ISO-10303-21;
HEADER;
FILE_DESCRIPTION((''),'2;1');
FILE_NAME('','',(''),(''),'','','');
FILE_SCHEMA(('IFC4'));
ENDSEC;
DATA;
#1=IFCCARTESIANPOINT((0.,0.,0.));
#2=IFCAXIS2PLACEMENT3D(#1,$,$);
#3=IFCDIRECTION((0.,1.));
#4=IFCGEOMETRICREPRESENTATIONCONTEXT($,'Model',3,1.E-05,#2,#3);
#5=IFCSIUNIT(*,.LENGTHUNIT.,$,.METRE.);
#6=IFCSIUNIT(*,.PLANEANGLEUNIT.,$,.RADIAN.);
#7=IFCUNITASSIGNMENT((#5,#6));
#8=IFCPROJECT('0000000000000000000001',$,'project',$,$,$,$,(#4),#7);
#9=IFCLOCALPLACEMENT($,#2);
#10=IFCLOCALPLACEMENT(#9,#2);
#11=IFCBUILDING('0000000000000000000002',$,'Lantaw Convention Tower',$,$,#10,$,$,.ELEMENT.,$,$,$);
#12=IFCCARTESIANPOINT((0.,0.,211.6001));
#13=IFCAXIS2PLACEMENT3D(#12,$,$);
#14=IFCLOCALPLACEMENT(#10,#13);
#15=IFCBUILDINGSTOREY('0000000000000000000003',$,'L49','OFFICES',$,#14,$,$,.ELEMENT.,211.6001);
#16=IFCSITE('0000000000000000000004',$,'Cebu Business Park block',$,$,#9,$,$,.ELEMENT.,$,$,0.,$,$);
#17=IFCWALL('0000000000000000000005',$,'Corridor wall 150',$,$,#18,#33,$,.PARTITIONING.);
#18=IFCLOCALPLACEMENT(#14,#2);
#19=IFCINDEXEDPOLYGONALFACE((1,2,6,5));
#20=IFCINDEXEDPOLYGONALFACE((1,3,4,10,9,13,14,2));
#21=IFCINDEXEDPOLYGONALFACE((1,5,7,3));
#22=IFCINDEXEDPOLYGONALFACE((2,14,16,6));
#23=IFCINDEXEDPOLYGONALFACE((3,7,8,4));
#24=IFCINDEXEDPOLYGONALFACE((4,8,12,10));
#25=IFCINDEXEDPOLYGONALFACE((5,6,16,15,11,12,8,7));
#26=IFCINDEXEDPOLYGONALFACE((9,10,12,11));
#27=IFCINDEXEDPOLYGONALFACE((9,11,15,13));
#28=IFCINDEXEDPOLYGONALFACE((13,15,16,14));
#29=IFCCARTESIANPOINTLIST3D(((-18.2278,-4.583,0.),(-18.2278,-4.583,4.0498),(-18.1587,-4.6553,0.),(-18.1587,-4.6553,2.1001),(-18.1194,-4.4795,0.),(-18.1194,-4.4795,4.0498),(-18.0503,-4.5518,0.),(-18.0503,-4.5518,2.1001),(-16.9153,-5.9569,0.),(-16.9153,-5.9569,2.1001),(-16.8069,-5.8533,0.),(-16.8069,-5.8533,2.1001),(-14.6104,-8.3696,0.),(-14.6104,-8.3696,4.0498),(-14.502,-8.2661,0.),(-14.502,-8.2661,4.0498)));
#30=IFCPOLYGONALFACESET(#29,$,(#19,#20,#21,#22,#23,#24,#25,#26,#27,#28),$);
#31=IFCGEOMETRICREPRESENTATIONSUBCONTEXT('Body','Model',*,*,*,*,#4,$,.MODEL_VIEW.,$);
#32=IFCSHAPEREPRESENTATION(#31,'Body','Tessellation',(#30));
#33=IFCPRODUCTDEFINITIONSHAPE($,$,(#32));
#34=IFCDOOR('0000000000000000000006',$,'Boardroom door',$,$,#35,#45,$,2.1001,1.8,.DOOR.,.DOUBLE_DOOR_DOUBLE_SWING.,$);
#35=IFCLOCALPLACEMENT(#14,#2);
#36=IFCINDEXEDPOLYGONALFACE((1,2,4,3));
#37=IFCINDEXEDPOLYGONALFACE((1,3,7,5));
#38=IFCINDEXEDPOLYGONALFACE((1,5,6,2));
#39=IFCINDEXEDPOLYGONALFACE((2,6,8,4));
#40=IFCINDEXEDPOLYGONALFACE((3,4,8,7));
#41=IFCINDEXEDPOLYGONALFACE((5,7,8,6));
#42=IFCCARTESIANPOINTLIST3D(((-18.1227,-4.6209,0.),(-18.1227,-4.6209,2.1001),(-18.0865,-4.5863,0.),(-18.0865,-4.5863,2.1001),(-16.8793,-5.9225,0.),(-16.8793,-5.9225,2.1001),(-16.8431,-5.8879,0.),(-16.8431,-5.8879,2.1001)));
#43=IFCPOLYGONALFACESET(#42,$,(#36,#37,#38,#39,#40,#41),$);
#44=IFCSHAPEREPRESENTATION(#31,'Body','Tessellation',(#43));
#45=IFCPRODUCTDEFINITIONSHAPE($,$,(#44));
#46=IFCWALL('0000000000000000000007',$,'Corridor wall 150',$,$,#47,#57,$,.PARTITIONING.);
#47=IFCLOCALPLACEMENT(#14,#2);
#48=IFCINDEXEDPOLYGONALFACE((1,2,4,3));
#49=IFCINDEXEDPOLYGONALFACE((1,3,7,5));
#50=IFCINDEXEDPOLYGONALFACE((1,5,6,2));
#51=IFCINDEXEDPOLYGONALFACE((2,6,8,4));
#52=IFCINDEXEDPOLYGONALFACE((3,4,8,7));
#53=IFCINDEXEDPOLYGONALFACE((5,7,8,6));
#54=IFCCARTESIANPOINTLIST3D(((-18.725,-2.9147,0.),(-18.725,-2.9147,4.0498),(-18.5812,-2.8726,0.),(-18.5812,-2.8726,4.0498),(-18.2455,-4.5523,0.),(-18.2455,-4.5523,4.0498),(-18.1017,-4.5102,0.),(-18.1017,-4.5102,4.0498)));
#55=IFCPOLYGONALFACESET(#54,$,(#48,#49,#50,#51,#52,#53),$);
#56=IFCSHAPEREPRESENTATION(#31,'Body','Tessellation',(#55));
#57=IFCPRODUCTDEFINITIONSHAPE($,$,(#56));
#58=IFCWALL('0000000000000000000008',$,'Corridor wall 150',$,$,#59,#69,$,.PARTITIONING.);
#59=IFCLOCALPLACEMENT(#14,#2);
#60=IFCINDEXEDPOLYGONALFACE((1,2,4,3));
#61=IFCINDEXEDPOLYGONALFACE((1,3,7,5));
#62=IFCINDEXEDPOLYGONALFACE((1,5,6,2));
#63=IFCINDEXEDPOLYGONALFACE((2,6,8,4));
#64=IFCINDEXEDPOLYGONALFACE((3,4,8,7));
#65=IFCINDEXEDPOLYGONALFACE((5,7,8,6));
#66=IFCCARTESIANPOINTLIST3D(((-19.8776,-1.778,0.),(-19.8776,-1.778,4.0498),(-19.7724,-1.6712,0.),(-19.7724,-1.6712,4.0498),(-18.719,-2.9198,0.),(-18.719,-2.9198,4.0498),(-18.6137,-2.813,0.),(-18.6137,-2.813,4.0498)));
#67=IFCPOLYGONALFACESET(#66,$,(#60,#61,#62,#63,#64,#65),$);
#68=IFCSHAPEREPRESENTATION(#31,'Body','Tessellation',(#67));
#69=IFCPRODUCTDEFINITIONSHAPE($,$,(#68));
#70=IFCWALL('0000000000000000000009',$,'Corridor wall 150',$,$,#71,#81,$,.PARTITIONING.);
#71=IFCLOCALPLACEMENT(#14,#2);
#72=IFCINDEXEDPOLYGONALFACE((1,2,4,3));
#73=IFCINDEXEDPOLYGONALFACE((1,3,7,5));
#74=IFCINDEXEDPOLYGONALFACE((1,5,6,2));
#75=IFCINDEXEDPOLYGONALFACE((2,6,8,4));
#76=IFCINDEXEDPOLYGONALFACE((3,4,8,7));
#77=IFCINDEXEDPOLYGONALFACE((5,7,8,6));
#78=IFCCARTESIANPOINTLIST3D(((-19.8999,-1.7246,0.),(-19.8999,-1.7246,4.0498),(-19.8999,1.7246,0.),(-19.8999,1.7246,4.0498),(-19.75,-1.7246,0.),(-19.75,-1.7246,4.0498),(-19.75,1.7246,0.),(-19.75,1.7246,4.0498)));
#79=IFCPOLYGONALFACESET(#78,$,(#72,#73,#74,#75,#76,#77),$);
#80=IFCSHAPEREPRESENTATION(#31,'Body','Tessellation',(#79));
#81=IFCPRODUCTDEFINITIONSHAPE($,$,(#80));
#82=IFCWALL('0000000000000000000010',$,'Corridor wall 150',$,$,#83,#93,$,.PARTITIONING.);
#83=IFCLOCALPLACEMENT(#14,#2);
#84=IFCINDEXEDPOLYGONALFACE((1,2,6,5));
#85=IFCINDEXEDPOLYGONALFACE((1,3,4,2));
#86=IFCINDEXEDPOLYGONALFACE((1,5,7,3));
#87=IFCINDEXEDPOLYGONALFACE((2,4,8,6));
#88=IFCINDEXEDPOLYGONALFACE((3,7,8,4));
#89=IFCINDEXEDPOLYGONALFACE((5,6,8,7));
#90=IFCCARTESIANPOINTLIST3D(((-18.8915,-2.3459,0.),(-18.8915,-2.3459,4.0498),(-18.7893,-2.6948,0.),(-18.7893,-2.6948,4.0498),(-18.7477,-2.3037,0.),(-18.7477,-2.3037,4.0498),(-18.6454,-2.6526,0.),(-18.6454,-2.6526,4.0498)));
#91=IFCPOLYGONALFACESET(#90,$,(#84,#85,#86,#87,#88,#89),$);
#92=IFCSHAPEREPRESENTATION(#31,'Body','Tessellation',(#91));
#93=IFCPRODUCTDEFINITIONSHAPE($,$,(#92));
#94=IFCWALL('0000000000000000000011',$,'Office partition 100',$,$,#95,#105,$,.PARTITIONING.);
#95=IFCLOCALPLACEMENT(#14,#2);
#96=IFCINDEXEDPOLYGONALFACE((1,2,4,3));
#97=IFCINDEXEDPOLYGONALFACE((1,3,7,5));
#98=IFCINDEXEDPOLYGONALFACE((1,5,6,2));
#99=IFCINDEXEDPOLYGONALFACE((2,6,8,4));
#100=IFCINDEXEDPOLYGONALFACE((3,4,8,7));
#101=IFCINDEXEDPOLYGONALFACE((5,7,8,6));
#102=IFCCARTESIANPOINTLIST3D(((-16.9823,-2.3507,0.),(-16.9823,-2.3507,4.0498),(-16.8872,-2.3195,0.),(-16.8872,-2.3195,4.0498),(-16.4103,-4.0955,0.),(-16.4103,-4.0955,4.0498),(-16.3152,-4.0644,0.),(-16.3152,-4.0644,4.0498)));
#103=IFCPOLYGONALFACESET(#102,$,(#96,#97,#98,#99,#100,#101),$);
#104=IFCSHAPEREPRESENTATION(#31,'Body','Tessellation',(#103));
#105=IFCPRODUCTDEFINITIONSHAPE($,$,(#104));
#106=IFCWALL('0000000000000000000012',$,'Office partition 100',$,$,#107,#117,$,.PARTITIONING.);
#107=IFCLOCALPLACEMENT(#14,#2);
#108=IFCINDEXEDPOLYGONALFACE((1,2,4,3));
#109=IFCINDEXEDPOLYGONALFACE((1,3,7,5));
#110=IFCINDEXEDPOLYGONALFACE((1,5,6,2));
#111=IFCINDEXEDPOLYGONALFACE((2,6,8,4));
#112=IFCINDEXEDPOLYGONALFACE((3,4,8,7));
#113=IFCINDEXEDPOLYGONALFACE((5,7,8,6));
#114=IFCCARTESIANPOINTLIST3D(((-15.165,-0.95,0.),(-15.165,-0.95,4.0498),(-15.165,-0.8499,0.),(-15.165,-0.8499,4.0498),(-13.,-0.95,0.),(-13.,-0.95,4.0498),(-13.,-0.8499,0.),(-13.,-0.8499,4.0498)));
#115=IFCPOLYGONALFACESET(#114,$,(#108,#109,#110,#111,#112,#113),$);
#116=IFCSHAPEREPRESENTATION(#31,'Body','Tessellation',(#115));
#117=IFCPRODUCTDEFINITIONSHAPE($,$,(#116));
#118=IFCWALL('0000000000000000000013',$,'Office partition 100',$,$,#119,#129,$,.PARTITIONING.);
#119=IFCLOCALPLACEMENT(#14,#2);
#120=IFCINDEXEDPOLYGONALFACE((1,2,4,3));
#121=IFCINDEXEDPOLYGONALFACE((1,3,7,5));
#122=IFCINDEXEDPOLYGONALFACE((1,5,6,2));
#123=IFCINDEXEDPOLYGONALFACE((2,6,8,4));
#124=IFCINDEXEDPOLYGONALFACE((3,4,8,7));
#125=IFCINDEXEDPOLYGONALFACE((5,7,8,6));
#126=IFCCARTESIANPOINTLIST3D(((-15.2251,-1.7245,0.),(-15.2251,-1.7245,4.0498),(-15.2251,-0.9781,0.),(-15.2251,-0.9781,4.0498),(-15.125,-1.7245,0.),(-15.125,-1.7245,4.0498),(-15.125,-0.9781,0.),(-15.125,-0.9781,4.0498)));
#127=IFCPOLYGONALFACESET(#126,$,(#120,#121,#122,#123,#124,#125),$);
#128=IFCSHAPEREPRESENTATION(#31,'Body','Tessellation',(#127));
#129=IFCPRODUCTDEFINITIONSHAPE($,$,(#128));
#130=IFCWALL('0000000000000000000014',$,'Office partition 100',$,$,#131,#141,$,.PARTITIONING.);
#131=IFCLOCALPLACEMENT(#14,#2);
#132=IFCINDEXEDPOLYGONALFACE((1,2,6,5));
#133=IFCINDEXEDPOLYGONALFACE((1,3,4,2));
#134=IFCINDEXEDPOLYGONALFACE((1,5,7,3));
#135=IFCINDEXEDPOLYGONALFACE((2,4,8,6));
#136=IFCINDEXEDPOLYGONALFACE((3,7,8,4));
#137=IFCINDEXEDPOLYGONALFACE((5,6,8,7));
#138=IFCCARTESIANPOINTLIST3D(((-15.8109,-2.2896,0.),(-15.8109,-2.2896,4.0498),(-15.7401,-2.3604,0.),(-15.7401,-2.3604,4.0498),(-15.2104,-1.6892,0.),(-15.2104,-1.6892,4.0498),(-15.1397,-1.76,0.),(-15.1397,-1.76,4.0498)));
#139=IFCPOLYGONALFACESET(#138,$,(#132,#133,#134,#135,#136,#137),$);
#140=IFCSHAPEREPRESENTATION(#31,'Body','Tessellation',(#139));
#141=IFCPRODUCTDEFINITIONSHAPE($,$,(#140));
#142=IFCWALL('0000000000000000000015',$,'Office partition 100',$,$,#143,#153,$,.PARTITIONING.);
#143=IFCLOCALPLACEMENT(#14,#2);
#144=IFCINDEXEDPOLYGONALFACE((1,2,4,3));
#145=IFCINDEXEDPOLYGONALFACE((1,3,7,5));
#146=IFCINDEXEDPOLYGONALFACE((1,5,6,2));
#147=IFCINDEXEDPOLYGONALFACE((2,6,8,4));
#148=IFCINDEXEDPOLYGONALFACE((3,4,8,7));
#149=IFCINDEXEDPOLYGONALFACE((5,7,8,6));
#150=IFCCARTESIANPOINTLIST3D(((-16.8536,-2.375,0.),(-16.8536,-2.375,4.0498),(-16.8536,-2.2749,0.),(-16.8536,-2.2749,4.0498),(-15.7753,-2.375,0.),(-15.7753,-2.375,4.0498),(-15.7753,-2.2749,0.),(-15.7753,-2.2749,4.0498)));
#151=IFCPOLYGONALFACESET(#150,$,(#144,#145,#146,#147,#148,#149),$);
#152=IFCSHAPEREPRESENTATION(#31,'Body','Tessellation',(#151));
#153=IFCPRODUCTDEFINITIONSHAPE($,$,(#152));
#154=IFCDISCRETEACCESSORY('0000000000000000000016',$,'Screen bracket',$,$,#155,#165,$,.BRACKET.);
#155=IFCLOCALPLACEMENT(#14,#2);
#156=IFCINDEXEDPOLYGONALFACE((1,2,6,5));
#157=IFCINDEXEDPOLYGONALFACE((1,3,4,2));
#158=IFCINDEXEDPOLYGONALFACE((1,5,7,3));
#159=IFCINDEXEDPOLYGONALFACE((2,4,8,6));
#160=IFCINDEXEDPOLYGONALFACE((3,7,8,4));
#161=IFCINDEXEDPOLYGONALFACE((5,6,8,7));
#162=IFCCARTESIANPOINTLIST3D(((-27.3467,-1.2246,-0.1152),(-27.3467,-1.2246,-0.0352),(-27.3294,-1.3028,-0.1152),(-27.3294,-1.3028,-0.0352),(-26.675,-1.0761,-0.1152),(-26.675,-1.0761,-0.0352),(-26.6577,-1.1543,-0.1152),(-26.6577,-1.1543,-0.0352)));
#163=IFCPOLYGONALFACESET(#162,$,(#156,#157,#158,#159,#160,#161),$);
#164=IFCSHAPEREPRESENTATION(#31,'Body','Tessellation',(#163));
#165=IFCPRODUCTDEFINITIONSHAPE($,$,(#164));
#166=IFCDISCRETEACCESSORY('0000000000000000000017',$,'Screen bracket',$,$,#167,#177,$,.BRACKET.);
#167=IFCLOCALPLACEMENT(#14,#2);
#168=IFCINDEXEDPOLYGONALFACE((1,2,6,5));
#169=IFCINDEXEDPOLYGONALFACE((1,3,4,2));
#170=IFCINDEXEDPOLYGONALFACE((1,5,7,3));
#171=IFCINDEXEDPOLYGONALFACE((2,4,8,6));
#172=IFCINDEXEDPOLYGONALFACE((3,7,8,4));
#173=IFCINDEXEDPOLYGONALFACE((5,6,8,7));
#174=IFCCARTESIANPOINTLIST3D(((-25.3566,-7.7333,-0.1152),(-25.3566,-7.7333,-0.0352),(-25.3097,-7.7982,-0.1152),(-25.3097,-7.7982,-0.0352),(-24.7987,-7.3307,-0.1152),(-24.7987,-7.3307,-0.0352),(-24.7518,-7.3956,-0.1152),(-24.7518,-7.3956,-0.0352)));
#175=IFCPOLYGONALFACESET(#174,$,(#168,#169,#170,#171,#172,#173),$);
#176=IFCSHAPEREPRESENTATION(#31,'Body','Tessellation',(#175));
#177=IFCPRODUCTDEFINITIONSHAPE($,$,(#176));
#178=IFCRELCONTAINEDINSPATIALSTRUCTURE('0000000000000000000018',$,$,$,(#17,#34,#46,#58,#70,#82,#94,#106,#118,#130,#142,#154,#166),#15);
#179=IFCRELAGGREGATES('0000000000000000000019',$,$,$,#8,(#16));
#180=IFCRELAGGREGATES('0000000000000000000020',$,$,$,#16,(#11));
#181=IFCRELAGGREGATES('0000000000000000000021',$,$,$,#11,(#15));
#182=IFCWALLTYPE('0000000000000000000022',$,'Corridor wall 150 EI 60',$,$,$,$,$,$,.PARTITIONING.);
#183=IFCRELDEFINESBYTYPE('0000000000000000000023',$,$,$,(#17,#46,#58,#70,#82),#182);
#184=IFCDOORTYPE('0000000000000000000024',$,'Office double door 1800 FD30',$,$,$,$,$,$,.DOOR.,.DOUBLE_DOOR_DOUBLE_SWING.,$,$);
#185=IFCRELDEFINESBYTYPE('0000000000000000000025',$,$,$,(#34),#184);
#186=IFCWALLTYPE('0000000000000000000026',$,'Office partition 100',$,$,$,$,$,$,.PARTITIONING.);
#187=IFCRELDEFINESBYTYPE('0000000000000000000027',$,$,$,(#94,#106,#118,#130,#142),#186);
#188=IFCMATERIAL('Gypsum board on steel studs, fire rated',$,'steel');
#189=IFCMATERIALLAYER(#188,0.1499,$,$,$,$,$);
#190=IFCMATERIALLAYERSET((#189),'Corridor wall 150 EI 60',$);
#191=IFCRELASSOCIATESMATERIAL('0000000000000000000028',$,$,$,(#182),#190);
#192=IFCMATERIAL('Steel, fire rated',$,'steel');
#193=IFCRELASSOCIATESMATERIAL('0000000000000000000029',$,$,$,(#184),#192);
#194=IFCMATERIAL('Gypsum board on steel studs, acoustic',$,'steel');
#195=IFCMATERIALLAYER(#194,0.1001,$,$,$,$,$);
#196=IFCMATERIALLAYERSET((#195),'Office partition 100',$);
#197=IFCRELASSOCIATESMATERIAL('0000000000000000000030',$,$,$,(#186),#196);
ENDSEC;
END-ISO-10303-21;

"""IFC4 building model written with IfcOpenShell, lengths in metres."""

from ifc_helpers import new_model, si_unit, direction, frame, frame_2d, origin, origin_2d, place, context, subcontext, project, spatial, rectangle, extrude, material, layer, layer_set, type_object, element, fill, save


model = new_model("IFC4")

# Units and contexts
model_context = context("Model", 3, precision=1e-05, world=origin(), true_north=direction((0.0, 1.0)))
body_context = subcontext(model_context, "Body", "Model", "MODEL_VIEW")
ifc_project = project(units=[si_unit("LENGTHUNIT", "METRE"), si_unit("PLANEANGLEUNIT", "RADIAN")], contexts=[model_context])

# Site, building, storey
site_placement = place(None, origin())
site = spatial("IfcSite", under=ifc_project, at=site_placement, Name="Cebu Business Park block", CompositionType="ELEMENT", RefElevation=0.0)
building_placement = place(site_placement, origin())
building = spatial("IfcBuilding", under=site, at=building_placement, Name="Lantaw Convention Tower", CompositionType="ELEMENT")
storey_placement = place(building_placement, frame((0.0, 0.0, 211.6001)))
storey = spatial("IfcBuildingStorey", under=building, at=storey_placement, Name="L49", Description="OFFICES", CompositionType="ELEMENT", Elevation=211.6001)

# Wall, opening, door
ifc_material_1 = material(Name="Gypsum board on steel studs, fire rated", Category="steel")
ifc_layer_1 = layer(ifc_material_1, 0.1499)
ifc_layer_set_1 = layer_set([ifc_layer_1], Name="Corridor wall 150 EI 60")
wall_type_1 = type_object("IfcWallType", Name="Corridor wall 150 EI 60", PredefinedType="PARTITIONING", material=ifc_layer_set_1)
wall_1_placement = place(storey_placement, frame((-18.1736, -4.5312, 0.0), z_axis=(0.0, 0.0, 1.0), x_axis=(0.690768, -0.723076, 0.0)))
wall_1 = element("IfcWall", 1, at=wall_1_placement, inside=storey, type_object=wall_type_1, Name="Corridor wall 150", PredefinedType="PARTITIONING", context=body_context, shape_type="SweptSolid", body=[
    extrude(rectangle(XDim=5.2368, YDim=0.1499, at=frame_2d((2.6184, 0.0))), origin(), (0.0, 0.0, 1.0), 4.0498),
])
opening_placement = place(wall_1_placement, frame((0.1001, 0.0, 0.0)))
opening = element("IfcOpeningElement", 2, at=opening_placement, cuts=wall_1, PredefinedType="OPENING", context=body_context, shape_type="SweptSolid", body=[
    extrude(rectangle(XDim=1.8, YDim=2.1001, at=frame_2d((0.8999, 1.05))), frame((0.0, 0.085, 0.0), z_axis=(0.0, -1.0, 0.0), x_axis=(1.0, 0.0, 0.0)), (0.0, 0.0, 1.0), 0.1699),
])
ifc_material_2 = material(Name="Steel, fire rated", Category="steel")
door_type = type_object("IfcDoorType", Name="Office double door 1800 FD30", OperationType="DOUBLE_DOOR_DOUBLE_SWING", PredefinedType="DOOR", material=ifc_material_2)
door_placement = place(opening_placement, origin())
door = element("IfcDoor", 3, at=door_placement, inside=storey, type_object=door_type, Name="Boardroom door", OperationType="DOUBLE_DOOR_DOUBLE_SWING", OverallHeight=2.1001, OverallWidth=1.8, PredefinedType="DOOR", context=body_context, shape_type="SweptSolid", body=[
    extrude(rectangle(XDim=1.8, YDim=2.1001, at=frame_2d((0.8999, 1.05))), frame((0.0, 0.0249, 0.0), z_axis=(0.0, -1.0, 0.0), x_axis=(1.0, 0.0, 0.0)), (0.0, 0.0, 1.0), 0.05),
])
fill(opening, door)

# Walls
wall_2_placement = place(storey_placement, frame((-18.6531, -2.8938, 0.0), z_axis=(0.0, 0.0, 1.0), x_axis=(0.281027, -0.9597, 0.0)))
element("IfcWall", 4, at=wall_2_placement, inside=storey, type_object=wall_type_1, Name="Corridor wall 150", PredefinedType="PARTITIONING", context=body_context, shape_type="SweptSolid", body=[
    extrude(rectangle(XDim=1.7063, YDim=0.1499, at=frame_2d((0.853, 0.0))), origin(), (0.0, 0.0, 1.0), 4.0498),
])
wall_3_placement = place(storey_placement, frame((-18.6663, -2.8665, 0.0), z_axis=(0.0, 0.0, 1.0), x_axis=(-0.712265, 0.70191, 0.0)))
element("IfcWall", 5, at=wall_3_placement, inside=storey, type_object=wall_type_1, Name="Corridor wall 150", PredefinedType="PARTITIONING", context=body_context, shape_type="SweptSolid", body=[
    extrude(rectangle(XDim=1.6267, YDim=0.1499, at=frame_2d((0.8135, 0.0))), origin(), (0.0, 0.0, 1.0), 4.0498),
])
wall_4_placement = place(storey_placement, frame((-19.825, -1.7246, 0.0), z_axis=(0.0, 0.0, 1.0), x_axis=(0.0, 1.0, 0.0)))
element("IfcWall", 6, at=wall_4_placement, inside=storey, type_object=wall_type_1, Name="Corridor wall 150", PredefinedType="PARTITIONING", context=body_context, shape_type="SweptSolid", body=[
    extrude(rectangle(XDim=3.4492, YDim=0.1499, at=frame_2d((1.7246, 0.0))), origin(), (0.0, 0.0, 1.0), 4.0498),
])
wall_5_placement = place(storey_placement, frame((-18.8196, -2.325, 0.0), z_axis=(0.0, 0.0, 1.0), x_axis=(0.281366, -0.9596, 0.0)))
element("IfcWall", 7, at=wall_5_placement, inside=storey, type_object=wall_type_1, Name="Corridor wall 150", PredefinedType="PARTITIONING", context=body_context, shape_type="SweptSolid", body=[
    extrude(rectangle(XDim=0.3635, YDim=0.1499, at=frame_2d((0.1816, 0.0))), origin(), (0.0, 0.0, 1.0), 4.0498),
])
ifc_material_3 = material(Name="Gypsum board on steel studs, acoustic", Category="steel")
ifc_layer_2 = layer(ifc_material_3, 0.1001)
ifc_layer_set_2 = layer_set([ifc_layer_2], Name="Office partition 100")
wall_type_2 = type_object("IfcWallType", Name="Office partition 100", PredefinedType="PARTITIONING", material=ifc_layer_set_2)
wall_6_placement = place(storey_placement, frame((-16.3628, -4.0798, 0.0), z_axis=(0.0, 0.0, 1.0), x_axis=(-0.311517, 0.950241, 0.0)))
element("IfcWall", 8, at=wall_6_placement, inside=storey, type_object=wall_type_2, Name="Office partition 100", PredefinedType="PARTITIONING", context=body_context, shape_type="SweptSolid", body=[
    extrude(rectangle(XDim=1.8362, YDim=0.1001, at=frame_2d((0.918, 0.0))), origin(), (0.0, 0.0, 1.0), 4.0498),
])
wall_7_placement = place(storey_placement, frame((-15.165, -0.8999, 0.0), z_axis=(0.0, 0.0, 1.0), x_axis=(1.0, 0.0, 0.0)))
element("IfcWall", 9, at=wall_7_placement, inside=storey, type_object=wall_type_2, Name="Office partition 100", PredefinedType="PARTITIONING", context=body_context, shape_type="SweptSolid", body=[
    extrude(rectangle(XDim=2.165, YDim=0.1001, at=frame_2d((1.0825, 0.0))), origin(), (0.0, 0.0, 1.0), 4.0498),
])
wall_8_placement = place(storey_placement, frame((-15.175, -0.9783, 0.0), z_axis=(0.0, 0.0, 1.0), x_axis=(0.0, -1.0, 0.0)))
element("IfcWall", 10, at=wall_8_placement, inside=storey, type_object=wall_type_2, Name="Office partition 100", PredefinedType="PARTITIONING", context=body_context, shape_type="SweptSolid", body=[
    extrude(rectangle(XDim=0.7463, YDim=0.1001, at=frame_2d((0.373, 0.0))), origin(), (0.0, 0.0, 1.0), 4.0498),
])
wall_9_placement = place(storey_placement, frame((-15.175, -1.7246, 0.0), z_axis=(0.0, 0.0, 1.0), x_axis=(-0.707107, -0.707107, 0.0)))
element("IfcWall", 11, at=wall_9_placement, inside=storey, type_object=wall_type_2, Name="Office partition 100", PredefinedType="PARTITIONING", context=body_context, shape_type="SweptSolid", body=[
    extrude(rectangle(XDim=0.8491, YDim=0.1001, at=frame_2d((0.4246, 0.0))), origin(), (0.0, 0.0, 1.0), 4.0498),
])
wall_10_placement = place(storey_placement, frame((-15.7754, -2.325, 0.0), z_axis=(0.0, 0.0, 1.0), x_axis=(-1.0, 0.0, 0.0)))
element("IfcWall", 12, at=wall_10_placement, inside=storey, type_object=wall_type_2, Name="Office partition 100", PredefinedType="PARTITIONING", context=body_context, shape_type="SweptSolid", body=[
    extrude(rectangle(XDim=1.0784, YDim=0.1001, at=frame_2d((0.5391, 0.0))), origin(), (0.0, 0.0, 1.0), 4.0498),
])

# Discrete accessories
for number, where, z_axis, x_axis, name in (
    (13, (-27.0022, -1.1895, -0.1152), (0.0, 0.0, 1.0), (0.215891, -0.976417, 0.0), "Screen bracket"),
    (14, (-25.0542, -7.5645, -0.1152), (0.0, 0.0, 1.0), (0.585158, -0.81092, 0.0), "Screen bracket"),
):
    element("IfcDiscreteAccessory", number, at=place(storey_placement, frame(where, z_axis=z_axis, x_axis=x_axis)), inside=storey, Name=name, PredefinedType="BRACKET", context=body_context, shape_type="SweptSolid", body=[
        extrude(rectangle(XDim=0.0801, YDim=0.688, at=origin_2d()), origin(), (0.0, 0.0, 1.0), 0.0801),
    ])

save(model, "model.ifc")
